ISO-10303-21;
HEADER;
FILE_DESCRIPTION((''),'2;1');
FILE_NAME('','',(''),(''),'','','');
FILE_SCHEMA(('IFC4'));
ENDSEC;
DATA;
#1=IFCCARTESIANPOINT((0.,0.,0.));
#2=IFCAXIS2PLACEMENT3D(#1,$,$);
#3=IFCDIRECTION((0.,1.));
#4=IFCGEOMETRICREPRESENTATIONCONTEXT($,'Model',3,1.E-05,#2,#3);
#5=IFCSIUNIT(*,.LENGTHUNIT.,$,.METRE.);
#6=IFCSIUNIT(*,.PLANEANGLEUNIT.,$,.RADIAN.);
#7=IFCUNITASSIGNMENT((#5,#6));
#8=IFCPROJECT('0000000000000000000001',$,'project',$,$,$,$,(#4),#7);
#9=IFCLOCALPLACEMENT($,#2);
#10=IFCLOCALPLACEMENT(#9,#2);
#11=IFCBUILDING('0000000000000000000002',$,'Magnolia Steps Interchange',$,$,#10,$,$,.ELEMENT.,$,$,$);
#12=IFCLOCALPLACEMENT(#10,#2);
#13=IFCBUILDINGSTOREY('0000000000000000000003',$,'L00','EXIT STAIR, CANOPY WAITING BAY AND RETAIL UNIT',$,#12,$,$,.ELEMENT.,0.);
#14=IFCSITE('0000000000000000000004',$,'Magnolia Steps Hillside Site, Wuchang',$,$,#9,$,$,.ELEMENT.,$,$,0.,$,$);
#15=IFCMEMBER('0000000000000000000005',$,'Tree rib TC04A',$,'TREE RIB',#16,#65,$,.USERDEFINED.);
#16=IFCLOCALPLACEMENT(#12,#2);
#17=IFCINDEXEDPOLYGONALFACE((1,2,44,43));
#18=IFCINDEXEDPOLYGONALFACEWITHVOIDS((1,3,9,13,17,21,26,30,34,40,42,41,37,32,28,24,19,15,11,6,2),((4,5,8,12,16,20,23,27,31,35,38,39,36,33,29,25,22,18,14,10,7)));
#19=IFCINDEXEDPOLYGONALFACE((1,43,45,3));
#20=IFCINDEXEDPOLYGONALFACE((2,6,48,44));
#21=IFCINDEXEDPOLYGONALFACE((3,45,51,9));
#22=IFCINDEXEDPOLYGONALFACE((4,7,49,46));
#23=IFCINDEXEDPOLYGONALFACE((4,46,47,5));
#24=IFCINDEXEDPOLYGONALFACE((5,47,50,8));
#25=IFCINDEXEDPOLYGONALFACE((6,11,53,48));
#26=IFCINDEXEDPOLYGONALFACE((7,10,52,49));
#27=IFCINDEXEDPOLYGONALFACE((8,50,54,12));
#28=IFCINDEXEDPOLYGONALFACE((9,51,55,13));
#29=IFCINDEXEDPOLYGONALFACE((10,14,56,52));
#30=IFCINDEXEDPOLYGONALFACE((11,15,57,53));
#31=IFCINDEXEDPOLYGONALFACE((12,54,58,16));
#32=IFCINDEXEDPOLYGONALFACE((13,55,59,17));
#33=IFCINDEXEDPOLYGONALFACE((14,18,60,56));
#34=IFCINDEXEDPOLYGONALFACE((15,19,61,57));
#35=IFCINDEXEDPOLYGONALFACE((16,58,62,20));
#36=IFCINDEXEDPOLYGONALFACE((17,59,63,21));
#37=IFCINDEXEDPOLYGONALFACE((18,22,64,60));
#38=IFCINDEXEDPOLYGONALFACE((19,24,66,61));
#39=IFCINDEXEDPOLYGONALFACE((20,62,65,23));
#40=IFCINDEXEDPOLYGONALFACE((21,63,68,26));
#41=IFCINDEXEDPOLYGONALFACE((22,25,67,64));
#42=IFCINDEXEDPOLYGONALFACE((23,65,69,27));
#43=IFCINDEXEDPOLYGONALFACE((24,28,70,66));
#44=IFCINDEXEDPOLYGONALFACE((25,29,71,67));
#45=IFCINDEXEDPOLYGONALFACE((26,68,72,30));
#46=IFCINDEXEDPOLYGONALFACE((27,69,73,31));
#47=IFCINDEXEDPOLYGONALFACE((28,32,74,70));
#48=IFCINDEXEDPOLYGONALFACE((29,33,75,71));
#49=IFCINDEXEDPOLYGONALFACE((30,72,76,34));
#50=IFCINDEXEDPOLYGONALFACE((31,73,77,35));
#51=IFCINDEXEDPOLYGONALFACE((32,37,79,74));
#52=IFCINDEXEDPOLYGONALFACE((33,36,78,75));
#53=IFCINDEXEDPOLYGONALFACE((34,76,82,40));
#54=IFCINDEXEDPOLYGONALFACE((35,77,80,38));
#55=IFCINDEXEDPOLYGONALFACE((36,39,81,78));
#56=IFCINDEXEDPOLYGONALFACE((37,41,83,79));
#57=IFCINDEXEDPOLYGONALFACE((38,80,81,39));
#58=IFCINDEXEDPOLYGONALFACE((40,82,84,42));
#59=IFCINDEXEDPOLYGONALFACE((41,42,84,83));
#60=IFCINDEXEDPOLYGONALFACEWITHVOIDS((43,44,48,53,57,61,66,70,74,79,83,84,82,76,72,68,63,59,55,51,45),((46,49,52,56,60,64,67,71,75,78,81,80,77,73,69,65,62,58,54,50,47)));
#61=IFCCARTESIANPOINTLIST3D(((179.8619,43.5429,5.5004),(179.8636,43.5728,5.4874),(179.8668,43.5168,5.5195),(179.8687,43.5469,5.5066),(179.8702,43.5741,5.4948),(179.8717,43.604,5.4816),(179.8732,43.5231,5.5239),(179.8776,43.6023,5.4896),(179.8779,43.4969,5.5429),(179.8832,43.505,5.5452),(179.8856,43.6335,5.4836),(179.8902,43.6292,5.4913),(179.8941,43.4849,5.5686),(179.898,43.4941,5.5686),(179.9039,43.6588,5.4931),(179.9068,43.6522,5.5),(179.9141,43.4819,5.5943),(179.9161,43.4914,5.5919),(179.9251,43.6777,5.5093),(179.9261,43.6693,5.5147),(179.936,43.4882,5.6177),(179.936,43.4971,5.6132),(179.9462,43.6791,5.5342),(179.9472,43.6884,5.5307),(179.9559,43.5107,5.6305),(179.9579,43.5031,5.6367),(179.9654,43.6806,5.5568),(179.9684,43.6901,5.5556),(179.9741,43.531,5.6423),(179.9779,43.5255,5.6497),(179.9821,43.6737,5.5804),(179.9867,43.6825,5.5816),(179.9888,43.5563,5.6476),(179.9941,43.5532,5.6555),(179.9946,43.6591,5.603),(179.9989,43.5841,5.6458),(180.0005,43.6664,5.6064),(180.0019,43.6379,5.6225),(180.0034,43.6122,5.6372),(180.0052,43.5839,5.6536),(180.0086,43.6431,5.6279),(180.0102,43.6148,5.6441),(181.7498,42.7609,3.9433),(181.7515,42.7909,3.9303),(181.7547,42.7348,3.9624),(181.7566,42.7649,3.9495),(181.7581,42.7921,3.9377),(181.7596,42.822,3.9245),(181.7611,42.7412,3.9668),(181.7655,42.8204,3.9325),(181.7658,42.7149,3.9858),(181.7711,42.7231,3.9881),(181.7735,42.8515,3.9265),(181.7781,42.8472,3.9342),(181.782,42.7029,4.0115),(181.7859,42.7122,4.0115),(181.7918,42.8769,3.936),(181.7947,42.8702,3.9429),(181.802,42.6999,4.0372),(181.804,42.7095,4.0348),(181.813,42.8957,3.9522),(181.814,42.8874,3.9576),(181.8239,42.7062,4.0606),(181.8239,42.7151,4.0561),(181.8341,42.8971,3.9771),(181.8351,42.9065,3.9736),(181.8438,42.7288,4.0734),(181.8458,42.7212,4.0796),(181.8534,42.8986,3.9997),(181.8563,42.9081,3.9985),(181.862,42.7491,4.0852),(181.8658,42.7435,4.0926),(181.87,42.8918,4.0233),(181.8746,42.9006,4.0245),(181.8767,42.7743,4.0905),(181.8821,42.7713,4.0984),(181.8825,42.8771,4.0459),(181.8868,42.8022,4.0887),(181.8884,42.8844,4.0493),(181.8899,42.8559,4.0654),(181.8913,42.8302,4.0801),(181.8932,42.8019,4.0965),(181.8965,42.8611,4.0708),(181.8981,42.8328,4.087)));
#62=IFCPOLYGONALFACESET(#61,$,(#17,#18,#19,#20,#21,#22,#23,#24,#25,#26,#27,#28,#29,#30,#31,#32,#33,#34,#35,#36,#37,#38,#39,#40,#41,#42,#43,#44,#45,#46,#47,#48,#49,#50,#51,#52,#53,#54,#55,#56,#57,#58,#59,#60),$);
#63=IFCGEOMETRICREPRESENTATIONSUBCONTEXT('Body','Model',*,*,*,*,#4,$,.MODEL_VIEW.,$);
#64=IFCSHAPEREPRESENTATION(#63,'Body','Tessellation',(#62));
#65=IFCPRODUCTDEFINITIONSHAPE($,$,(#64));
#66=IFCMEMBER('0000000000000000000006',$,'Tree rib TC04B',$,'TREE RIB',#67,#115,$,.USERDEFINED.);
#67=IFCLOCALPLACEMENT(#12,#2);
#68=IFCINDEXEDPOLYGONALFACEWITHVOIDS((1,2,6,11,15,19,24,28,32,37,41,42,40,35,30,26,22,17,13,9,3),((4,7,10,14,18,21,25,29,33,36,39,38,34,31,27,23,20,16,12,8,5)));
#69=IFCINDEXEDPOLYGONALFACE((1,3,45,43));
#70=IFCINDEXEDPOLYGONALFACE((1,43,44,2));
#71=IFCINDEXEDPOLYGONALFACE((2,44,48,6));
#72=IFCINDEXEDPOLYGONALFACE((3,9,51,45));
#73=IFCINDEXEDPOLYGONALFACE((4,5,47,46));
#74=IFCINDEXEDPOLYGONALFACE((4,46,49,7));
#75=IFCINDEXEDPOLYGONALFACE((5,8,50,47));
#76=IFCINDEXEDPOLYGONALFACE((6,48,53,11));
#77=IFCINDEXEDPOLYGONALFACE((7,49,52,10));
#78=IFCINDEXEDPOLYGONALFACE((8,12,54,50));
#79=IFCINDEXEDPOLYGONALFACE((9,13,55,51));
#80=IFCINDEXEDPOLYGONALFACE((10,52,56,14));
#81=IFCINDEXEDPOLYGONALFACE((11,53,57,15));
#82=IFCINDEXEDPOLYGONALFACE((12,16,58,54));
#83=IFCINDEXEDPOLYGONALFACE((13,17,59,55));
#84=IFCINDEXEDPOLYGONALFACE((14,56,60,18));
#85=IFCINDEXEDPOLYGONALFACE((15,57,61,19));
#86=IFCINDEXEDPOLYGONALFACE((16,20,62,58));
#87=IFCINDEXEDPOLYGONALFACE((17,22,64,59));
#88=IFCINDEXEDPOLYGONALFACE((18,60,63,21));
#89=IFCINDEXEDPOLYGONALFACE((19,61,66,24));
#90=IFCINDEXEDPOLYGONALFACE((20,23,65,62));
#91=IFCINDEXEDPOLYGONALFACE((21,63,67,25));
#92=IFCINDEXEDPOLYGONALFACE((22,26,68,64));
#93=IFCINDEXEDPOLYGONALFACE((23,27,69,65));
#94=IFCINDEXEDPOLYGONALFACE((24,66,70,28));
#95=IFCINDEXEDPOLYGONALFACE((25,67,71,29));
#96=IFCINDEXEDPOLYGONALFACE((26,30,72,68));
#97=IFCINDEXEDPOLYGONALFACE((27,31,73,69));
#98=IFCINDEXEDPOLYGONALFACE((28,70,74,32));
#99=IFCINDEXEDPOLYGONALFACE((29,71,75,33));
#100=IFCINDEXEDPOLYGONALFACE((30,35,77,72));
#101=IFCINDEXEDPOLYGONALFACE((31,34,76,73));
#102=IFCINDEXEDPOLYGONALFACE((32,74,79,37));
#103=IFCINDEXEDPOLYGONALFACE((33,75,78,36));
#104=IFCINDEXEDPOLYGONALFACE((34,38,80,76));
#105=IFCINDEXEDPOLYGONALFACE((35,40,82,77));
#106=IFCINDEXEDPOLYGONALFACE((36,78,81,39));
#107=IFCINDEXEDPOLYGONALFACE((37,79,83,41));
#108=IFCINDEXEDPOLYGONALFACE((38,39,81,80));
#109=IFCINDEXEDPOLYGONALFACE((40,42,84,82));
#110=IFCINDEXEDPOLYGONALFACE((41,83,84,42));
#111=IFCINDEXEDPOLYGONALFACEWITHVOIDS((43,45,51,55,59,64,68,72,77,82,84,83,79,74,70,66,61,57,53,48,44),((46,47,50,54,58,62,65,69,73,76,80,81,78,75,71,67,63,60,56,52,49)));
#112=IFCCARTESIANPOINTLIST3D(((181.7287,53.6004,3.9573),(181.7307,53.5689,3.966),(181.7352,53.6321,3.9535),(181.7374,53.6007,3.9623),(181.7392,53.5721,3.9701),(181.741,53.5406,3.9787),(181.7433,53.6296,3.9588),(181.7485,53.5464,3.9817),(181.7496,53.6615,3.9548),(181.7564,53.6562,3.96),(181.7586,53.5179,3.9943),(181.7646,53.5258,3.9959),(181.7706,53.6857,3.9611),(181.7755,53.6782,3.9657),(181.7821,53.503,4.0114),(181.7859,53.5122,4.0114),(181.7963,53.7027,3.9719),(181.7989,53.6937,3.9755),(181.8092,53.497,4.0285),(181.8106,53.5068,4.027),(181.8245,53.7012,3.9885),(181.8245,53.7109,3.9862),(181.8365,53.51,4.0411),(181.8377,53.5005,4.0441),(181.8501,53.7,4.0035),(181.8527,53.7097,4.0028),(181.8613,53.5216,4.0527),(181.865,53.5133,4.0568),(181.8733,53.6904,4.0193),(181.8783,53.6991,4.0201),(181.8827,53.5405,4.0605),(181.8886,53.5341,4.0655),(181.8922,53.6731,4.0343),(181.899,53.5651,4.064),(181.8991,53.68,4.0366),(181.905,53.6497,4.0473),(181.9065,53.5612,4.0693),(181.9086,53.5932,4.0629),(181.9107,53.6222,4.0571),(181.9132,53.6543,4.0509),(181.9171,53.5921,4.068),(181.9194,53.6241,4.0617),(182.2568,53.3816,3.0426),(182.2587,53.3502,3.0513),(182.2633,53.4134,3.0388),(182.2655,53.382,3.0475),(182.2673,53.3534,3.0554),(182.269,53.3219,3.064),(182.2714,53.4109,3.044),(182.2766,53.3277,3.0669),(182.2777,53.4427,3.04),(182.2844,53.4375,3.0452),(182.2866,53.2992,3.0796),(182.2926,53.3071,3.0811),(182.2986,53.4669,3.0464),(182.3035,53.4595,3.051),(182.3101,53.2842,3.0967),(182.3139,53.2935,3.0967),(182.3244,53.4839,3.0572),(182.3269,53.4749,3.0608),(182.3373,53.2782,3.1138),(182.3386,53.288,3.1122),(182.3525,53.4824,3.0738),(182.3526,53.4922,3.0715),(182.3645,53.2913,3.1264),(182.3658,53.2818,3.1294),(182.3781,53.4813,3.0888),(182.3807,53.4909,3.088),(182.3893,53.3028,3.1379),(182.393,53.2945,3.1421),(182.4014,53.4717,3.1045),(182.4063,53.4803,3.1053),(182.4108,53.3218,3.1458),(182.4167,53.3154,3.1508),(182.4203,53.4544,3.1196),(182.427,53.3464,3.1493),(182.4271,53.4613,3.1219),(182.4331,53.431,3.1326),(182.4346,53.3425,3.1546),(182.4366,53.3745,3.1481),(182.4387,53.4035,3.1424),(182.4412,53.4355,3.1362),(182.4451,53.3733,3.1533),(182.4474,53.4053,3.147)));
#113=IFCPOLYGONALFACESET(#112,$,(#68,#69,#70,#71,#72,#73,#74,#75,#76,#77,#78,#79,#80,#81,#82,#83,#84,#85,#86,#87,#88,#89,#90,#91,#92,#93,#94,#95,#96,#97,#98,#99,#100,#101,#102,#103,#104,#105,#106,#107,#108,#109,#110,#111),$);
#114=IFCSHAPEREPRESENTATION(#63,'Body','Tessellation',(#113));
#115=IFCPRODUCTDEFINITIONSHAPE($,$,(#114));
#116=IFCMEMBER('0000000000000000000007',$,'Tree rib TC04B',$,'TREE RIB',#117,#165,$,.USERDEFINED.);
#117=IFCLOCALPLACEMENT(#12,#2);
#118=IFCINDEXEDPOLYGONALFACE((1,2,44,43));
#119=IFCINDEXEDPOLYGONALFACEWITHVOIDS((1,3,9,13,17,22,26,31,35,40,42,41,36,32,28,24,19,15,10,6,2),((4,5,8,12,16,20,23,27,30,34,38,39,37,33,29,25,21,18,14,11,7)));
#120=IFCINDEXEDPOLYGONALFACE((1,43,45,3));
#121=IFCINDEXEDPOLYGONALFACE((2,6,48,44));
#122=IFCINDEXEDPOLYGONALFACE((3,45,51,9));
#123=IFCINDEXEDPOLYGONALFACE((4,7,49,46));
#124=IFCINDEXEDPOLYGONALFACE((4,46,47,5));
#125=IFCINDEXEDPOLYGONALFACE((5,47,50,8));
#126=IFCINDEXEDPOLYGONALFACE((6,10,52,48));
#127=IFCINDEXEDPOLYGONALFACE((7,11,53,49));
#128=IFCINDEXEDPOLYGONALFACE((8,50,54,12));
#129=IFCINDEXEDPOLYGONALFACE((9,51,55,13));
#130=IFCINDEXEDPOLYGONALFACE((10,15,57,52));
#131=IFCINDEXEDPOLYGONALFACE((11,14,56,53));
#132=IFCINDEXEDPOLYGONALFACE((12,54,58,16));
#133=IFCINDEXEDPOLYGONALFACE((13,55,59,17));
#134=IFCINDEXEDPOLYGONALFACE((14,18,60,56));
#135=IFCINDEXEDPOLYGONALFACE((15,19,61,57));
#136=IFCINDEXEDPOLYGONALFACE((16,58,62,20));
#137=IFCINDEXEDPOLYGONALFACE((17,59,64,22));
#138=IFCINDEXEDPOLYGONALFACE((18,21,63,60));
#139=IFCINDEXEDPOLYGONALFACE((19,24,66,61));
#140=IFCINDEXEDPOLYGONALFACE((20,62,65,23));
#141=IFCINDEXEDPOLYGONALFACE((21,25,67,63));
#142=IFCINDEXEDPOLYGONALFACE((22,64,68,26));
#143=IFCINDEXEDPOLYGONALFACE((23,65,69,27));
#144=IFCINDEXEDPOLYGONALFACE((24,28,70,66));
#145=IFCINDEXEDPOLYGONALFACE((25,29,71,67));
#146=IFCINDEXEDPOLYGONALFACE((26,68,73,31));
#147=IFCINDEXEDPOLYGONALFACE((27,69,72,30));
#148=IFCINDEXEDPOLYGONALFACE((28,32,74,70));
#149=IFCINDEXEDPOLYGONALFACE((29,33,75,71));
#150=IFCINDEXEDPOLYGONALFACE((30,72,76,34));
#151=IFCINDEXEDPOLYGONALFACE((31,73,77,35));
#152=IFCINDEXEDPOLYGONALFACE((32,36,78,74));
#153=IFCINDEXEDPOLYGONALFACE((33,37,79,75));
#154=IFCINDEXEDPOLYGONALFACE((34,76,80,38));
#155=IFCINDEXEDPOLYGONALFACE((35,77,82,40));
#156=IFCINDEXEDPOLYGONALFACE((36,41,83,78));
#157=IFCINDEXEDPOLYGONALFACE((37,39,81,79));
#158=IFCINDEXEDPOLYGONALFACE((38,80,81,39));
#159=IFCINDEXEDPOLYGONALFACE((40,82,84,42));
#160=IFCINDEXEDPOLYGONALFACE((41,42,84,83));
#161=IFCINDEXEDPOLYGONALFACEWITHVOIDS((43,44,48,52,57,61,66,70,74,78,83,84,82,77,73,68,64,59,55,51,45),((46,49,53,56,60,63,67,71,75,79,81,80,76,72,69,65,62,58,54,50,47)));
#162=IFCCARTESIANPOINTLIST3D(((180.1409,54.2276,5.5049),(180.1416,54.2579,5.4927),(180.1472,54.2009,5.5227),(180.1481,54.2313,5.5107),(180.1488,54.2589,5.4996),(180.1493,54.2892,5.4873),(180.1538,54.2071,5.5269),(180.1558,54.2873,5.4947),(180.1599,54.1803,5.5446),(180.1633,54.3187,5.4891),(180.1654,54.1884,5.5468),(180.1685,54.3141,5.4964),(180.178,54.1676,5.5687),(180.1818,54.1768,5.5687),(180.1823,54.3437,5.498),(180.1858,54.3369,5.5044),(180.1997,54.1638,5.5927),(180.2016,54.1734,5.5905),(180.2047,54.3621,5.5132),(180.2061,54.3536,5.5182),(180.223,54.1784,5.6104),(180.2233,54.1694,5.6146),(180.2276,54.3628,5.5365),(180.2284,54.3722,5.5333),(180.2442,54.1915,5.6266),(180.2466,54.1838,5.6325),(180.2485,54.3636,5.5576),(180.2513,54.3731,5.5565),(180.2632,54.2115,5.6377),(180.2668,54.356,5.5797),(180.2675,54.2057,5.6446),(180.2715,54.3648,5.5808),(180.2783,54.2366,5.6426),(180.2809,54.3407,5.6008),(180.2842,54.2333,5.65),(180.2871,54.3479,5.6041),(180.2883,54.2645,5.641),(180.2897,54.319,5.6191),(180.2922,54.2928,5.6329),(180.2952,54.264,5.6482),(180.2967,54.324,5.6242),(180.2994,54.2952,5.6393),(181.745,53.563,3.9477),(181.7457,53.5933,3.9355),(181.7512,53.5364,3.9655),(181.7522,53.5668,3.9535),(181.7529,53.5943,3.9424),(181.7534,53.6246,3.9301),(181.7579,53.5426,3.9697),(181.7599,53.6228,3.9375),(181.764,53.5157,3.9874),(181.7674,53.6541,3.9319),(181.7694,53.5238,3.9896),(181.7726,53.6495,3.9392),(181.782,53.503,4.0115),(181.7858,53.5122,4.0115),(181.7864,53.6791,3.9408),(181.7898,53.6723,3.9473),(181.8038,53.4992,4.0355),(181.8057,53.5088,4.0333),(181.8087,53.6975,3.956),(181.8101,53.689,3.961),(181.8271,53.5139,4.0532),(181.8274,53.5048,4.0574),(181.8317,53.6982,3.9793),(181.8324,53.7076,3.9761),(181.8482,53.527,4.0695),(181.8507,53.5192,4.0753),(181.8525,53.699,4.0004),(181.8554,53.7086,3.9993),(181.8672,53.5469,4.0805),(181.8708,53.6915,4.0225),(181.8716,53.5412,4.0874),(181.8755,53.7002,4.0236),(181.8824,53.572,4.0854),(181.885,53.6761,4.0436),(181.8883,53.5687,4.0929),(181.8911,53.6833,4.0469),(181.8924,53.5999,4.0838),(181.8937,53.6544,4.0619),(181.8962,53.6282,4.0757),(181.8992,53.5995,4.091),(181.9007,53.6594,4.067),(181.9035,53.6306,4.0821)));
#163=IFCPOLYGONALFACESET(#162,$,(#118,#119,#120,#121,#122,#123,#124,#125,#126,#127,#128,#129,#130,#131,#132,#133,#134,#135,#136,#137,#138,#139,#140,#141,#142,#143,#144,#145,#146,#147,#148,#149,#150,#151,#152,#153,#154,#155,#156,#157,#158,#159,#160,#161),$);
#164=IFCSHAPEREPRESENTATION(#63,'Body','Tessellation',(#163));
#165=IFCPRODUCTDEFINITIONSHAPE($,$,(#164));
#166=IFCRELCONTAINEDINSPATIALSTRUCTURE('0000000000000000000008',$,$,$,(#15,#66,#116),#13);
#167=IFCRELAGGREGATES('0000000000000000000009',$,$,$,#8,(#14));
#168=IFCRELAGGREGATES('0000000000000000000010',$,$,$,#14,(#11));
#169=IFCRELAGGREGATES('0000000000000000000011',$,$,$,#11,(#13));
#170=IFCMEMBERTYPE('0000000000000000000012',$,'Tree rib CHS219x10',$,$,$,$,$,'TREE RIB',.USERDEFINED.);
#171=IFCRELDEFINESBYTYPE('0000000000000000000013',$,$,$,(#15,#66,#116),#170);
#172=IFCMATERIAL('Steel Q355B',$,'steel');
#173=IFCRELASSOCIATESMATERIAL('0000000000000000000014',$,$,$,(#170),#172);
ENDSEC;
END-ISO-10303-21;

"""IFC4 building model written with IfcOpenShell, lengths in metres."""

from ifc_helpers import new_model, si_unit, direction, frame, origin, origin_2d, place, context, subcontext, project, spatial, hollow_circle, extrude, material, material_profile, profile_set, type_object, element, save


model = new_model("IFC4")

# Units and contexts
model_context = context("Model", 3, precision=1e-05, world=origin(), true_north=direction((0.0, 1.0)))
body_context = subcontext(model_context, "Body", "Model", "MODEL_VIEW")
ifc_project = project(units=[si_unit("LENGTHUNIT", "METRE"), si_unit("PLANEANGLEUNIT", "RADIAN")], contexts=[model_context])

# Site, building, storey
site_placement = place(None, origin())
site = spatial("IfcSite", under=ifc_project, at=site_placement, Name="Magnolia Steps Hillside Site, Wuchang", CompositionType="ELEMENT", RefElevation=0.0)
building_placement = place(site_placement, origin())
building = spatial("IfcBuilding", under=site, at=building_placement, Name="Magnolia Steps Interchange", CompositionType="ELEMENT")
storey_placement = place(building_placement, origin())
storey = spatial("IfcBuildingStorey", under=building, at=storey_placement, Name="L00", Description="EXIT STAIR, CANOPY WAITING BAY AND RETAIL UNIT", CompositionType="ELEMENT", Elevation=0.0)

# Members
ifc_material_1 = material(Name="Steel Q355B", Category="steel")
ifc_material_profile_1 = material_profile(ifc_material_1, hollow_circle(Radius=0.1096, WallThickness=0.01, at=origin_2d()), Name="CHS219x10")
ifc_profile_set_1 = profile_set([ifc_material_profile_1], Name="Steel Q355B")
member_type = type_object("IfcMemberType", Name="Tree rib CHS219x10", ElementType="TREE RIB", PredefinedType="USERDEFINED", material=ifc_profile_set_1)
for number, where, z_axis, x_axis, name in (
    (1, (181.824, 42.8042, 4.0115), (-0.734854, 0.304376, 0.60609), (-0.382672, -0.923884, 0.0), "Tree rib TC04A"),
):
    element("IfcMember", number, at=place(storey_placement, frame(where, z_axis=z_axis, x_axis=x_axis)), inside=storey, type_object=member_type, Name=name, ObjectType="TREE RIB", PredefinedType="USERDEFINED", context=body_context, shape_type="SweptSolid", body=[
        extrude(hollow_circle(Radius=0.1096, WallThickness=0.01, at=origin_2d()), origin(), (0.0, 0.0, 1.0), 2.5691),
    ])
member_1_placement = place(storey_placement, frame((182.3521, 53.3855, 3.0967), z_axis=(-0.489555, 0.202793, 0.848063), x_axis=(-0.382704, -0.923871, 0.0)))
element("IfcMember", 2, at=member_1_placement, inside=storey, type_object=member_type, Name="Tree rib TC04B", ObjectType="TREE RIB", PredefinedType="USERDEFINED", context=body_context, shape_type="SweptSolid", body=[
    extrude(hollow_circle(Radius=0.1096, WallThickness=0.01, at=origin_2d()), origin(), (0.0, 0.0, 1.0), 1.0786),
])
member_2_placement = place(storey_placement, frame((181.824, 53.6042, 4.0115), z_axis=(-0.687767, 0.284947, 0.667668), x_axis=(-0.382757, -0.923849, 0.0)))
element("IfcMember", 3, at=member_2_placement, inside=storey, type_object=member_type, Name="Tree rib TC04B", ObjectType="TREE RIB", PredefinedType="USERDEFINED", context=body_context, shape_type="SweptSolid", body=[
    extrude(hollow_circle(Radius=0.1096, WallThickness=0.01, at=origin_2d()), origin(), (0.0, 0.0, 1.0), 2.3323),
])

save(model, "model.ifc")
